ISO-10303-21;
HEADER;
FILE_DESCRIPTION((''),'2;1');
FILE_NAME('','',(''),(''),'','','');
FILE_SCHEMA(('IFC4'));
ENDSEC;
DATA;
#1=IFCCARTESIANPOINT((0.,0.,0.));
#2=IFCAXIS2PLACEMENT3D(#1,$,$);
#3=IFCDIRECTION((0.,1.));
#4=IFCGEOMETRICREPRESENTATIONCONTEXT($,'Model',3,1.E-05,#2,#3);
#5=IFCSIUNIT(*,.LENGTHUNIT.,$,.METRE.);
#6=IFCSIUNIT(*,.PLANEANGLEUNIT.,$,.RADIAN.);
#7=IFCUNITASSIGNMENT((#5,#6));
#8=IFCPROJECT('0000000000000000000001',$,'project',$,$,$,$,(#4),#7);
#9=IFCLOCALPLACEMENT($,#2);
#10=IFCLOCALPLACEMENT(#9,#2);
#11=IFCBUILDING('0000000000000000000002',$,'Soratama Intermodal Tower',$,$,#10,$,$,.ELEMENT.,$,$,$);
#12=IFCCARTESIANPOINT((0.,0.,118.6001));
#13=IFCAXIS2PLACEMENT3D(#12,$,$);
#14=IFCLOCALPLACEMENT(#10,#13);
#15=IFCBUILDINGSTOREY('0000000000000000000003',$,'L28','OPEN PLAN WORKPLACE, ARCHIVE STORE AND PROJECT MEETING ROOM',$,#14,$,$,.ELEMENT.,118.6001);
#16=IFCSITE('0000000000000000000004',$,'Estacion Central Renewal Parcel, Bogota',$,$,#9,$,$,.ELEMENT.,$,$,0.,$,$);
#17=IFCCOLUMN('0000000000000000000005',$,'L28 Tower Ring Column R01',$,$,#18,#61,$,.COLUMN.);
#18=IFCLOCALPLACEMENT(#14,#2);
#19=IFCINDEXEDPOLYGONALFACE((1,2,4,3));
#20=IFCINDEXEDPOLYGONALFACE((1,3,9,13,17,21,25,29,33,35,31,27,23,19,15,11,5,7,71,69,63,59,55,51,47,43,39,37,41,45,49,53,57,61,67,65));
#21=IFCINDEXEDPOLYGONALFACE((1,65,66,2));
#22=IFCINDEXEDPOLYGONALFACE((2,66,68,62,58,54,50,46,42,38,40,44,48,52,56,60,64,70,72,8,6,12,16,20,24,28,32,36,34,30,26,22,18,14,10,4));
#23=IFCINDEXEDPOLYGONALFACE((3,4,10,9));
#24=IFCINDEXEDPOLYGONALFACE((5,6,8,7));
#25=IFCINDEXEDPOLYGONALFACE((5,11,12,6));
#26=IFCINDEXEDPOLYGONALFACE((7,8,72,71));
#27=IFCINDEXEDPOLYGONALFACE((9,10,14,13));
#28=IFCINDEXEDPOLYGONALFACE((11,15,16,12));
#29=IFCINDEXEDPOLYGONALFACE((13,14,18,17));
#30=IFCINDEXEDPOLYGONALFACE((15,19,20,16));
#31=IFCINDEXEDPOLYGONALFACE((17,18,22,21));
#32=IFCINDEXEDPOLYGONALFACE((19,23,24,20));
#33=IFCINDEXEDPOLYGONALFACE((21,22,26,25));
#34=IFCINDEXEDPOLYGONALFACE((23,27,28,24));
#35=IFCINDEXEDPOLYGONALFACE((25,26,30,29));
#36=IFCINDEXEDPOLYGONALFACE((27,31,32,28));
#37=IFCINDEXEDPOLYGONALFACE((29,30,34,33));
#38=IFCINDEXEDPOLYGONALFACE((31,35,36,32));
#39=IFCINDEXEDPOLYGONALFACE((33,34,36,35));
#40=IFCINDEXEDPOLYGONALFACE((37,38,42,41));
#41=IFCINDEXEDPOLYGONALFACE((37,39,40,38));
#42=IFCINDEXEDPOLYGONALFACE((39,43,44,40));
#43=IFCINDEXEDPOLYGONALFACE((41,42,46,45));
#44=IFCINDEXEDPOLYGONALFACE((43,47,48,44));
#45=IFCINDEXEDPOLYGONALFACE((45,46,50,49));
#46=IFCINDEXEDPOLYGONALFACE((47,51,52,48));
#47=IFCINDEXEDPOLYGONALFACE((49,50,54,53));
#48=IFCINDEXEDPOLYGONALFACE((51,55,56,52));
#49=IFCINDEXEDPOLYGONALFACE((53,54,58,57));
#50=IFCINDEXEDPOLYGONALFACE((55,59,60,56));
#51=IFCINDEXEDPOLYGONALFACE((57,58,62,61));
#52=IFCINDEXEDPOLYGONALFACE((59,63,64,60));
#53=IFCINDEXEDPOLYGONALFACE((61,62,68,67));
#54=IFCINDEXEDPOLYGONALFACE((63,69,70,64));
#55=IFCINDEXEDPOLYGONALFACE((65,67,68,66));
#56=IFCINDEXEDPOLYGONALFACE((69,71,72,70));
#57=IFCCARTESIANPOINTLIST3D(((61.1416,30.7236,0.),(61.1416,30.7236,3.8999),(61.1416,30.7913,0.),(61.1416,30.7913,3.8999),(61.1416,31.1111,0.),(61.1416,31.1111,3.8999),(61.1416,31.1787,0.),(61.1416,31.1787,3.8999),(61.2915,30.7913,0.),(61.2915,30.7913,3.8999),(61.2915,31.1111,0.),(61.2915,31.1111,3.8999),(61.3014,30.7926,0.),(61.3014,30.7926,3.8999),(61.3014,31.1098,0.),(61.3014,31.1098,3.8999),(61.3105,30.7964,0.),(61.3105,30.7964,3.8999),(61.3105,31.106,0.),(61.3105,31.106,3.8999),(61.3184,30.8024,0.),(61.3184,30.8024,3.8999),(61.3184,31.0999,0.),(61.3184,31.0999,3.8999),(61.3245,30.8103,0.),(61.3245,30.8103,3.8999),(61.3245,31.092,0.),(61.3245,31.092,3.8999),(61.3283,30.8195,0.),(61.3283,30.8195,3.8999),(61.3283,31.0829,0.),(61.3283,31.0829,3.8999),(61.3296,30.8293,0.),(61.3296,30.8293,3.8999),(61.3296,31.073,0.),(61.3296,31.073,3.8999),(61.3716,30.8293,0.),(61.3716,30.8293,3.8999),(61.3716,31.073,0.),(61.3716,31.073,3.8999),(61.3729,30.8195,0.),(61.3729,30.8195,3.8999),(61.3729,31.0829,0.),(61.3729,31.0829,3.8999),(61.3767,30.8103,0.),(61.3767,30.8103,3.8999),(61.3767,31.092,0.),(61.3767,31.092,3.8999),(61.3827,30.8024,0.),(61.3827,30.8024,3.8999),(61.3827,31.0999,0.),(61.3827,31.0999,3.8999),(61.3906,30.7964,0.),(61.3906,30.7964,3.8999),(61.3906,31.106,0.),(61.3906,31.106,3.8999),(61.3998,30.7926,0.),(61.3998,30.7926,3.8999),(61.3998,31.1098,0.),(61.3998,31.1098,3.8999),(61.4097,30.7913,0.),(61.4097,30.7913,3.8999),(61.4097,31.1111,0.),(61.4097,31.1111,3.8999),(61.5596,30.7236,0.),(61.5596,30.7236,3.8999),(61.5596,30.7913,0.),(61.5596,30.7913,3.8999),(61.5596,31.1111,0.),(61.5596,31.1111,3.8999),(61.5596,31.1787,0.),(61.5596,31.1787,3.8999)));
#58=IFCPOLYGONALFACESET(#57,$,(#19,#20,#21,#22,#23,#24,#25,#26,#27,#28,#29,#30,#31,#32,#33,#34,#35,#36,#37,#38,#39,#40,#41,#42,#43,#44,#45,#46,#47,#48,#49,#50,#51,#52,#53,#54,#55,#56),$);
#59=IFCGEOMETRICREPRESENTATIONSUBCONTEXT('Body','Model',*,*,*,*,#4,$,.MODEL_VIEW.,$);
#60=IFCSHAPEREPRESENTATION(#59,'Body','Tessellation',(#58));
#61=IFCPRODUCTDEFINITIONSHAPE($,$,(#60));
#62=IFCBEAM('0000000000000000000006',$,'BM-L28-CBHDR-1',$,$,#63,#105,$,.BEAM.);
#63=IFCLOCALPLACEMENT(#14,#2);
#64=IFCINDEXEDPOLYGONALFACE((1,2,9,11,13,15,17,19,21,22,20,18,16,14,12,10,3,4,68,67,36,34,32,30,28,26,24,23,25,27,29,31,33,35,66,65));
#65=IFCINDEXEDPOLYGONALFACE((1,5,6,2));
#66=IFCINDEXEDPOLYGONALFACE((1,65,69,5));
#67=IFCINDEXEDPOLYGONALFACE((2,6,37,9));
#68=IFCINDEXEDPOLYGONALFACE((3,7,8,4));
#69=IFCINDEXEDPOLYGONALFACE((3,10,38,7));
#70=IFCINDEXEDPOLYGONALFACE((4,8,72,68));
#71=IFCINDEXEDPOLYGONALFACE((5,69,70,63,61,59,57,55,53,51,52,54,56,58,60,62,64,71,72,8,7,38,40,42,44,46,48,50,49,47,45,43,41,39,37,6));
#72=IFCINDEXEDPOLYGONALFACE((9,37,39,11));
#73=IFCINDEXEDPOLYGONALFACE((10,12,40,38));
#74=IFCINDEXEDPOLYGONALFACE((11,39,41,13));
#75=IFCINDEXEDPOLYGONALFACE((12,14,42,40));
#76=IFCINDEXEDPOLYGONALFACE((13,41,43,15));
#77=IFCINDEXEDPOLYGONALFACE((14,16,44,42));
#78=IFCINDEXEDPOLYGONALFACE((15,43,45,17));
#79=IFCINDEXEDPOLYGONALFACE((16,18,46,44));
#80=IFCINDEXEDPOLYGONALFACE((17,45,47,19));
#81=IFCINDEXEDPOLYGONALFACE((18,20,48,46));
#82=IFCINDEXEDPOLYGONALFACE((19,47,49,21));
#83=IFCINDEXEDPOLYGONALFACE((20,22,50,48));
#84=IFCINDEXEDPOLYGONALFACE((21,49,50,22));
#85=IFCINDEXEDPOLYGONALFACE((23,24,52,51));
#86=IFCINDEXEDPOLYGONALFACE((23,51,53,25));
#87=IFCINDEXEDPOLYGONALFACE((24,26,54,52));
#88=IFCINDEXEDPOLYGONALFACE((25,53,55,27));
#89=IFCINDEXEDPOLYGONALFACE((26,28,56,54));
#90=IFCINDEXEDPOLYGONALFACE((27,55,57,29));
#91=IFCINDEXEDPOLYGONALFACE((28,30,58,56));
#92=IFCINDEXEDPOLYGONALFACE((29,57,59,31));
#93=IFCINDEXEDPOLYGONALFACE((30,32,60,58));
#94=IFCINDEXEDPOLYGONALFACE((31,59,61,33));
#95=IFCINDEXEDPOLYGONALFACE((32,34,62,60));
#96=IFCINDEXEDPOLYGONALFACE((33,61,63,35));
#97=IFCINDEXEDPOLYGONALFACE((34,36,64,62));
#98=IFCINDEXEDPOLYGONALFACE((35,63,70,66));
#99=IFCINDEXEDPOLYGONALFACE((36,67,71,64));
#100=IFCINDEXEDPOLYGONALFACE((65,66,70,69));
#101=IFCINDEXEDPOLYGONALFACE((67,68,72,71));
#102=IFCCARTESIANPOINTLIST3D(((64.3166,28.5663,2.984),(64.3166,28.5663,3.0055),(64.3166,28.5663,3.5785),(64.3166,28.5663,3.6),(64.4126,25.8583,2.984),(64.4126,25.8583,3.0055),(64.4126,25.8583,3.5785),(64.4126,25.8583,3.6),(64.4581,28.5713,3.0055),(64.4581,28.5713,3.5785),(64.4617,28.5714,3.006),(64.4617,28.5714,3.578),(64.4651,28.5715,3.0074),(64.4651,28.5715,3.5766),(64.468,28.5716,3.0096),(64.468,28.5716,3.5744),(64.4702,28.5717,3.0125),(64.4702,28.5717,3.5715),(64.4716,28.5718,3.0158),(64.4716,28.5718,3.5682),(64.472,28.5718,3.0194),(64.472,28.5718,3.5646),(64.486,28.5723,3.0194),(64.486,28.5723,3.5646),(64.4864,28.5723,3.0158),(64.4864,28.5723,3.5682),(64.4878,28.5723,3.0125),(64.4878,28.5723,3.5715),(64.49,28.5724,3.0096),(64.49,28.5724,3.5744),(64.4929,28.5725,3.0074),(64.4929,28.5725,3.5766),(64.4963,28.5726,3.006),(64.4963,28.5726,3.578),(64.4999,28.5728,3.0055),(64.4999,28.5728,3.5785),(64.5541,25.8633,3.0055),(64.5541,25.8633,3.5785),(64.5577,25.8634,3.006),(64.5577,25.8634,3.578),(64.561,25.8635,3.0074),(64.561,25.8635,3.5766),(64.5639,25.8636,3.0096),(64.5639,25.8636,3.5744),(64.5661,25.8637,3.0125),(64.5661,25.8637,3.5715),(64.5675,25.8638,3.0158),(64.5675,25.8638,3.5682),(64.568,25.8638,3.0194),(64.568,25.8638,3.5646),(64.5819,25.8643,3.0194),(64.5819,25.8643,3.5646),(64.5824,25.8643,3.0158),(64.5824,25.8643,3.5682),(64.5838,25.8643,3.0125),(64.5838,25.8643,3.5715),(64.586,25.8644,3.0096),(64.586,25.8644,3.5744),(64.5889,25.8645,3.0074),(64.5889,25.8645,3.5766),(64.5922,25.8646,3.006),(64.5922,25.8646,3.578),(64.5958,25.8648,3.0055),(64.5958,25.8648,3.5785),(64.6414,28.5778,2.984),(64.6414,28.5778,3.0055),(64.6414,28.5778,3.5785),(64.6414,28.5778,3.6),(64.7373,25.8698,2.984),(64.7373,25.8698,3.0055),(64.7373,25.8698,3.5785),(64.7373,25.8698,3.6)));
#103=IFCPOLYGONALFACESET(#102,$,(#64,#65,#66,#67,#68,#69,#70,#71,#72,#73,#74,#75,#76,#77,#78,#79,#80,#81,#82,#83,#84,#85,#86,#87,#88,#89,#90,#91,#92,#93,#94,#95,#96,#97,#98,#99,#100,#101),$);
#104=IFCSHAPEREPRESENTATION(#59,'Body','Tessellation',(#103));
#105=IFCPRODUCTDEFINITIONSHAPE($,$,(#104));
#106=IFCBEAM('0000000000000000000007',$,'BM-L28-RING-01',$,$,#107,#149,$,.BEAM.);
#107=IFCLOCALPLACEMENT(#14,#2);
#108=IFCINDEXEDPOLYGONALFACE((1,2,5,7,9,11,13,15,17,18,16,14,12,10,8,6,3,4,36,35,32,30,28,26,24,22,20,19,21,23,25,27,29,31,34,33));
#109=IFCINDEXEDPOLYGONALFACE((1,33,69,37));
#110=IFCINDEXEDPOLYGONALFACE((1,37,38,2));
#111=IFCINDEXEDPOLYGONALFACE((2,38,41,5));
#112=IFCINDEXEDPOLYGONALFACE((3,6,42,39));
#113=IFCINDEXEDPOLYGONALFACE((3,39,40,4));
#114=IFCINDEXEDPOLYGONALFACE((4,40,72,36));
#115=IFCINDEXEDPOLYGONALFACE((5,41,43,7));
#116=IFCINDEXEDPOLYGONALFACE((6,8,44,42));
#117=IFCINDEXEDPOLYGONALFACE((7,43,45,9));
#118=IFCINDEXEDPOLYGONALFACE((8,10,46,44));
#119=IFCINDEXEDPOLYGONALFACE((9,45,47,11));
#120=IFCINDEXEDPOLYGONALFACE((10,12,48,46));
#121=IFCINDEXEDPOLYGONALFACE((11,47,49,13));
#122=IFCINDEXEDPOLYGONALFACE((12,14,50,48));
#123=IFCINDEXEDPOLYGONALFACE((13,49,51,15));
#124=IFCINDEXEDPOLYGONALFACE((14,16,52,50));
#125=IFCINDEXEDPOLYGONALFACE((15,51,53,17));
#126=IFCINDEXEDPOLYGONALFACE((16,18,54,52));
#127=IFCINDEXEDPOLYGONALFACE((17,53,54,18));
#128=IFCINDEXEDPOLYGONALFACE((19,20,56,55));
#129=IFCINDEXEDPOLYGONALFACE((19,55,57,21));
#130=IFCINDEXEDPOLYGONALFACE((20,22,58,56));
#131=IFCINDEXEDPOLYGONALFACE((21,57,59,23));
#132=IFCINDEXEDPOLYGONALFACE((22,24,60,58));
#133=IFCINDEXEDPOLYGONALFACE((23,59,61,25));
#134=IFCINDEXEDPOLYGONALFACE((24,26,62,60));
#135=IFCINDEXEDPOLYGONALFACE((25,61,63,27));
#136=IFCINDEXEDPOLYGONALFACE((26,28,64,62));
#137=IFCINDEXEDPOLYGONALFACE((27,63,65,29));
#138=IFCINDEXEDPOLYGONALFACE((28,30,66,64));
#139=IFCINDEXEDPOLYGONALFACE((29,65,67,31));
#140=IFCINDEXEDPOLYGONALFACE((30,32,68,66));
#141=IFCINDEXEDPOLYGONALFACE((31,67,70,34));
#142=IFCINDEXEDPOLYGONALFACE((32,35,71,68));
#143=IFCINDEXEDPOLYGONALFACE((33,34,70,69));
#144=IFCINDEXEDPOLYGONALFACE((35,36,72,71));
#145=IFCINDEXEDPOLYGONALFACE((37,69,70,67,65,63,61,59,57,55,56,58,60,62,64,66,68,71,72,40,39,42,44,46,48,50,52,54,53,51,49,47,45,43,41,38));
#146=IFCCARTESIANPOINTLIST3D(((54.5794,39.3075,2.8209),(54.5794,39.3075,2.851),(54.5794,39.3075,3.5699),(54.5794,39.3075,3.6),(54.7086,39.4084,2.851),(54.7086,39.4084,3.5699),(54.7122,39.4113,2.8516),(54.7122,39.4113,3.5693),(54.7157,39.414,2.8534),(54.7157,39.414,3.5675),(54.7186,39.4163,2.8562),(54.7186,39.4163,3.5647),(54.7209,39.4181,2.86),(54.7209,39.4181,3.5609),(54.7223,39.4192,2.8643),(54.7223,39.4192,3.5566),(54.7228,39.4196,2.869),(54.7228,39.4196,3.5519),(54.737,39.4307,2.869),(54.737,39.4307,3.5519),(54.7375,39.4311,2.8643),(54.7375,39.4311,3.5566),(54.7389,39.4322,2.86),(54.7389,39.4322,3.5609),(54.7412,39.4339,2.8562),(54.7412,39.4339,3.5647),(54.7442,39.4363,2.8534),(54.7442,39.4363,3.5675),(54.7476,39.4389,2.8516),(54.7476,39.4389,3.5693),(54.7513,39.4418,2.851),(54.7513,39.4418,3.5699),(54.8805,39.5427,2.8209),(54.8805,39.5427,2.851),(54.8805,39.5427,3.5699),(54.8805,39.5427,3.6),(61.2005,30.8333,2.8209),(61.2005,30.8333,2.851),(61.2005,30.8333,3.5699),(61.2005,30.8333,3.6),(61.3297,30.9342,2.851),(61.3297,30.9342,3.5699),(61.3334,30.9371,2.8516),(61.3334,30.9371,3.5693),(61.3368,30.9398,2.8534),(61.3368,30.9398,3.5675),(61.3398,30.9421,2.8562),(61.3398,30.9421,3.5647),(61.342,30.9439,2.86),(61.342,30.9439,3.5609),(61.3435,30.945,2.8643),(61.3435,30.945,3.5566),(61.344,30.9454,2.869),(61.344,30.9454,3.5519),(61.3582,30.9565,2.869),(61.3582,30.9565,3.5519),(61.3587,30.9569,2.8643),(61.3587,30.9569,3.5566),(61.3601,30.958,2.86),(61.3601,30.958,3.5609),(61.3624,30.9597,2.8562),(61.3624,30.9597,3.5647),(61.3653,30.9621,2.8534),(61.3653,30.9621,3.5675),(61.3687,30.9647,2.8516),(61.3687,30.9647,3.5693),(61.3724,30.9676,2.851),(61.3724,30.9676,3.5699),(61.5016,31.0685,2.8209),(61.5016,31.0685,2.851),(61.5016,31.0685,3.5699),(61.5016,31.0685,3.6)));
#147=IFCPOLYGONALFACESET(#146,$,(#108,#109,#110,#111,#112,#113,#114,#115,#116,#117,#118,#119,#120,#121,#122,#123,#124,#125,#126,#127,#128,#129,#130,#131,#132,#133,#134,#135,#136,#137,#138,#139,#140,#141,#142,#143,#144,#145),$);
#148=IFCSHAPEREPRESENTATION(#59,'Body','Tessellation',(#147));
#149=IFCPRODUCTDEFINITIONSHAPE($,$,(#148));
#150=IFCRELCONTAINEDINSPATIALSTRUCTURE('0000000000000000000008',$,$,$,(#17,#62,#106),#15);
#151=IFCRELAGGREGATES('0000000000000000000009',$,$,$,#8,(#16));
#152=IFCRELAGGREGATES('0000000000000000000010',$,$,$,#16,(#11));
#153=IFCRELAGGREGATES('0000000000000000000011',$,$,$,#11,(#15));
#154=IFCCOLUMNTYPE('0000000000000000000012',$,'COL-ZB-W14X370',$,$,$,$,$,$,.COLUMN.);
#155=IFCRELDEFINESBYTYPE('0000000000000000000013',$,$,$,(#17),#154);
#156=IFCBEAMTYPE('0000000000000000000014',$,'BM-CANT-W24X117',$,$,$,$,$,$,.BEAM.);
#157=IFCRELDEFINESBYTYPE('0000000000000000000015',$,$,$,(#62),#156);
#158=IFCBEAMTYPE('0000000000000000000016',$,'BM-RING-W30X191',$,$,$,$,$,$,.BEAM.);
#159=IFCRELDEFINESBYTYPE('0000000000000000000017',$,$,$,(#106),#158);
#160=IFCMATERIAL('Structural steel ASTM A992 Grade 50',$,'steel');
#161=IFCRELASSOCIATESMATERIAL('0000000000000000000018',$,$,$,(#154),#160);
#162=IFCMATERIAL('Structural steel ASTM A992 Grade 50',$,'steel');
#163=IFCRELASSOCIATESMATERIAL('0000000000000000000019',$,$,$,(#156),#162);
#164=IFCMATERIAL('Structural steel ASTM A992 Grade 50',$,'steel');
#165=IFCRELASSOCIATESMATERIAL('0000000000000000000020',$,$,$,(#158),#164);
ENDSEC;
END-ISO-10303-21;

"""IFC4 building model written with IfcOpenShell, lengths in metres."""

from ifc_helpers import new_model, si_unit, direction, frame, origin, origin_2d, place, context, subcontext, project, spatial, i_section, extrude, material, material_profile, profile_set, type_object, element, save


model = new_model("IFC4")

# Units and contexts
model_context = context("Model", 3, precision=1e-05, world=origin(), true_north=direction((0.0, 1.0)))
body_context = subcontext(model_context, "Body", "Model", "MODEL_VIEW")
ifc_project = project(units=[si_unit("LENGTHUNIT", "METRE"), si_unit("PLANEANGLEUNIT", "RADIAN")], contexts=[model_context])

# Site, building, storey
site_placement = place(None, origin())
site = spatial("IfcSite", under=ifc_project, at=site_placement, Name="Estacion Central Renewal Parcel, Bogota", CompositionType="ELEMENT", RefElevation=0.0)
building_placement = place(site_placement, origin())
building = spatial("IfcBuilding", under=site, at=building_placement, Name="Soratama Intermodal Tower", CompositionType="ELEMENT")
storey_placement = place(building_placement, frame((0.0, 0.0, 118.6001)))
storey = spatial("IfcBuildingStorey", under=building, at=storey_placement, Name="L28", Description="OPEN PLAN WORKPLACE, ARCHIVE STORE AND PROJECT MEETING ROOM", CompositionType="ELEMENT", Elevation=118.6001)

# Column
ifc_material_1 = material(Name="Structural steel ASTM A992 Grade 50", Category="steel")
ifc_material_profile_1 = material_profile(ifc_material_1, i_section(OverallWidth=0.418, OverallDepth=0.4551, WebThickness=0.042, FlangeThickness=0.0676, FilletRadius=0.0381, at=origin_2d()), Name="W14X370")
ifc_profile_set_1 = profile_set([ifc_material_profile_1], Name="Structural steel ASTM A992 Grade 50")
column_type = type_object("IfcColumnType", Name="COL-ZB-W14X370", PredefinedType="COLUMN", material=ifc_profile_set_1)
column_placement = place(storey_placement, frame((61.3506, 30.9512, 0.0), z_axis=(0.0, 0.0, 1.0), x_axis=(1.0, 0.0, 0.0)))
element("IfcColumn", 1, at=column_placement, inside=storey, type_object=column_type, Name="L28 Tower Ring Column R01", PredefinedType="COLUMN", context=body_context, shape_type="SweptSolid", body=[
    extrude(i_section(OverallWidth=0.418, OverallDepth=0.4551, WebThickness=0.042, FlangeThickness=0.0676, FilletRadius=0.0381, at=origin_2d()), origin(), (0.0, 0.0, 1.0), 3.8999),
])

# Beams
ifc_material_2 = material(Name="Structural steel ASTM A992 Grade 50", Category="steel")
ifc_material_profile_2 = material_profile(ifc_material_2, i_section(OverallWidth=0.325, OverallDepth=0.616, WebThickness=0.0139, FlangeThickness=0.0215, FilletRadius=0.0139, at=origin_2d()), Name="W24X117")
ifc_profile_set_2 = profile_set([ifc_material_profile_2], Name="Structural steel ASTM A992 Grade 50")
beam_type_1 = type_object("IfcBeamType", Name="BM-CANT-W24X117", PredefinedType="BEAM", material=ifc_profile_set_2)
beam_1_placement = place(storey_placement, frame((64.575, 25.864, 3.292), z_axis=(-0.035409, 0.999373, 0.0), x_axis=(-0.999373, -0.035409, 0.0)))
element("IfcBeam", 2, at=beam_1_placement, inside=storey, type_object=beam_type_1, Name="BM-L28-CBHDR-1", PredefinedType="BEAM", context=body_context, shape_type="SweptSolid", body=[
    extrude(i_section(OverallWidth=0.325, OverallDepth=0.616, WebThickness=0.0139, FlangeThickness=0.0215, FilletRadius=0.0139, at=origin_2d()), origin(), (0.0, 0.0, 1.0), 2.7097),
])
ifc_material_3 = material(Name="Structural steel ASTM A992 Grade 50", Category="steel")
ifc_material_profile_3 = material_profile(ifc_material_3, i_section(OverallWidth=0.3821, OverallDepth=0.7791, WebThickness=0.0181, FlangeThickness=0.03, FilletRadius=0.0181, at=origin_2d()), Name="W30X191")
ifc_profile_set_3 = profile_set([ifc_material_profile_3], Name="Structural steel ASTM A992 Grade 50")
beam_type_2 = type_object("IfcBeamType", Name="BM-RING-W30X191", PredefinedType="BEAM", material=ifc_profile_set_3)
beam_2_placement = place(storey_placement, frame((61.3511, 30.9509, 3.2104), z_axis=(-0.615684, 0.787993, 0.0), x_axis=(-0.787993, -0.615684, 0.0)))
element("IfcBeam", 3, at=beam_2_placement, inside=storey, type_object=beam_type_2, Name="BM-L28-RING-01", PredefinedType="BEAM", context=body_context, shape_type="SweptSolid", body=[
    extrude(i_section(OverallWidth=0.3821, OverallDepth=0.7791, WebThickness=0.0181, FlangeThickness=0.03, FilletRadius=0.0181, at=origin_2d()), origin(), (0.0, 0.0, 1.0), 10.7542),
])

save(model, "model.ifc")
